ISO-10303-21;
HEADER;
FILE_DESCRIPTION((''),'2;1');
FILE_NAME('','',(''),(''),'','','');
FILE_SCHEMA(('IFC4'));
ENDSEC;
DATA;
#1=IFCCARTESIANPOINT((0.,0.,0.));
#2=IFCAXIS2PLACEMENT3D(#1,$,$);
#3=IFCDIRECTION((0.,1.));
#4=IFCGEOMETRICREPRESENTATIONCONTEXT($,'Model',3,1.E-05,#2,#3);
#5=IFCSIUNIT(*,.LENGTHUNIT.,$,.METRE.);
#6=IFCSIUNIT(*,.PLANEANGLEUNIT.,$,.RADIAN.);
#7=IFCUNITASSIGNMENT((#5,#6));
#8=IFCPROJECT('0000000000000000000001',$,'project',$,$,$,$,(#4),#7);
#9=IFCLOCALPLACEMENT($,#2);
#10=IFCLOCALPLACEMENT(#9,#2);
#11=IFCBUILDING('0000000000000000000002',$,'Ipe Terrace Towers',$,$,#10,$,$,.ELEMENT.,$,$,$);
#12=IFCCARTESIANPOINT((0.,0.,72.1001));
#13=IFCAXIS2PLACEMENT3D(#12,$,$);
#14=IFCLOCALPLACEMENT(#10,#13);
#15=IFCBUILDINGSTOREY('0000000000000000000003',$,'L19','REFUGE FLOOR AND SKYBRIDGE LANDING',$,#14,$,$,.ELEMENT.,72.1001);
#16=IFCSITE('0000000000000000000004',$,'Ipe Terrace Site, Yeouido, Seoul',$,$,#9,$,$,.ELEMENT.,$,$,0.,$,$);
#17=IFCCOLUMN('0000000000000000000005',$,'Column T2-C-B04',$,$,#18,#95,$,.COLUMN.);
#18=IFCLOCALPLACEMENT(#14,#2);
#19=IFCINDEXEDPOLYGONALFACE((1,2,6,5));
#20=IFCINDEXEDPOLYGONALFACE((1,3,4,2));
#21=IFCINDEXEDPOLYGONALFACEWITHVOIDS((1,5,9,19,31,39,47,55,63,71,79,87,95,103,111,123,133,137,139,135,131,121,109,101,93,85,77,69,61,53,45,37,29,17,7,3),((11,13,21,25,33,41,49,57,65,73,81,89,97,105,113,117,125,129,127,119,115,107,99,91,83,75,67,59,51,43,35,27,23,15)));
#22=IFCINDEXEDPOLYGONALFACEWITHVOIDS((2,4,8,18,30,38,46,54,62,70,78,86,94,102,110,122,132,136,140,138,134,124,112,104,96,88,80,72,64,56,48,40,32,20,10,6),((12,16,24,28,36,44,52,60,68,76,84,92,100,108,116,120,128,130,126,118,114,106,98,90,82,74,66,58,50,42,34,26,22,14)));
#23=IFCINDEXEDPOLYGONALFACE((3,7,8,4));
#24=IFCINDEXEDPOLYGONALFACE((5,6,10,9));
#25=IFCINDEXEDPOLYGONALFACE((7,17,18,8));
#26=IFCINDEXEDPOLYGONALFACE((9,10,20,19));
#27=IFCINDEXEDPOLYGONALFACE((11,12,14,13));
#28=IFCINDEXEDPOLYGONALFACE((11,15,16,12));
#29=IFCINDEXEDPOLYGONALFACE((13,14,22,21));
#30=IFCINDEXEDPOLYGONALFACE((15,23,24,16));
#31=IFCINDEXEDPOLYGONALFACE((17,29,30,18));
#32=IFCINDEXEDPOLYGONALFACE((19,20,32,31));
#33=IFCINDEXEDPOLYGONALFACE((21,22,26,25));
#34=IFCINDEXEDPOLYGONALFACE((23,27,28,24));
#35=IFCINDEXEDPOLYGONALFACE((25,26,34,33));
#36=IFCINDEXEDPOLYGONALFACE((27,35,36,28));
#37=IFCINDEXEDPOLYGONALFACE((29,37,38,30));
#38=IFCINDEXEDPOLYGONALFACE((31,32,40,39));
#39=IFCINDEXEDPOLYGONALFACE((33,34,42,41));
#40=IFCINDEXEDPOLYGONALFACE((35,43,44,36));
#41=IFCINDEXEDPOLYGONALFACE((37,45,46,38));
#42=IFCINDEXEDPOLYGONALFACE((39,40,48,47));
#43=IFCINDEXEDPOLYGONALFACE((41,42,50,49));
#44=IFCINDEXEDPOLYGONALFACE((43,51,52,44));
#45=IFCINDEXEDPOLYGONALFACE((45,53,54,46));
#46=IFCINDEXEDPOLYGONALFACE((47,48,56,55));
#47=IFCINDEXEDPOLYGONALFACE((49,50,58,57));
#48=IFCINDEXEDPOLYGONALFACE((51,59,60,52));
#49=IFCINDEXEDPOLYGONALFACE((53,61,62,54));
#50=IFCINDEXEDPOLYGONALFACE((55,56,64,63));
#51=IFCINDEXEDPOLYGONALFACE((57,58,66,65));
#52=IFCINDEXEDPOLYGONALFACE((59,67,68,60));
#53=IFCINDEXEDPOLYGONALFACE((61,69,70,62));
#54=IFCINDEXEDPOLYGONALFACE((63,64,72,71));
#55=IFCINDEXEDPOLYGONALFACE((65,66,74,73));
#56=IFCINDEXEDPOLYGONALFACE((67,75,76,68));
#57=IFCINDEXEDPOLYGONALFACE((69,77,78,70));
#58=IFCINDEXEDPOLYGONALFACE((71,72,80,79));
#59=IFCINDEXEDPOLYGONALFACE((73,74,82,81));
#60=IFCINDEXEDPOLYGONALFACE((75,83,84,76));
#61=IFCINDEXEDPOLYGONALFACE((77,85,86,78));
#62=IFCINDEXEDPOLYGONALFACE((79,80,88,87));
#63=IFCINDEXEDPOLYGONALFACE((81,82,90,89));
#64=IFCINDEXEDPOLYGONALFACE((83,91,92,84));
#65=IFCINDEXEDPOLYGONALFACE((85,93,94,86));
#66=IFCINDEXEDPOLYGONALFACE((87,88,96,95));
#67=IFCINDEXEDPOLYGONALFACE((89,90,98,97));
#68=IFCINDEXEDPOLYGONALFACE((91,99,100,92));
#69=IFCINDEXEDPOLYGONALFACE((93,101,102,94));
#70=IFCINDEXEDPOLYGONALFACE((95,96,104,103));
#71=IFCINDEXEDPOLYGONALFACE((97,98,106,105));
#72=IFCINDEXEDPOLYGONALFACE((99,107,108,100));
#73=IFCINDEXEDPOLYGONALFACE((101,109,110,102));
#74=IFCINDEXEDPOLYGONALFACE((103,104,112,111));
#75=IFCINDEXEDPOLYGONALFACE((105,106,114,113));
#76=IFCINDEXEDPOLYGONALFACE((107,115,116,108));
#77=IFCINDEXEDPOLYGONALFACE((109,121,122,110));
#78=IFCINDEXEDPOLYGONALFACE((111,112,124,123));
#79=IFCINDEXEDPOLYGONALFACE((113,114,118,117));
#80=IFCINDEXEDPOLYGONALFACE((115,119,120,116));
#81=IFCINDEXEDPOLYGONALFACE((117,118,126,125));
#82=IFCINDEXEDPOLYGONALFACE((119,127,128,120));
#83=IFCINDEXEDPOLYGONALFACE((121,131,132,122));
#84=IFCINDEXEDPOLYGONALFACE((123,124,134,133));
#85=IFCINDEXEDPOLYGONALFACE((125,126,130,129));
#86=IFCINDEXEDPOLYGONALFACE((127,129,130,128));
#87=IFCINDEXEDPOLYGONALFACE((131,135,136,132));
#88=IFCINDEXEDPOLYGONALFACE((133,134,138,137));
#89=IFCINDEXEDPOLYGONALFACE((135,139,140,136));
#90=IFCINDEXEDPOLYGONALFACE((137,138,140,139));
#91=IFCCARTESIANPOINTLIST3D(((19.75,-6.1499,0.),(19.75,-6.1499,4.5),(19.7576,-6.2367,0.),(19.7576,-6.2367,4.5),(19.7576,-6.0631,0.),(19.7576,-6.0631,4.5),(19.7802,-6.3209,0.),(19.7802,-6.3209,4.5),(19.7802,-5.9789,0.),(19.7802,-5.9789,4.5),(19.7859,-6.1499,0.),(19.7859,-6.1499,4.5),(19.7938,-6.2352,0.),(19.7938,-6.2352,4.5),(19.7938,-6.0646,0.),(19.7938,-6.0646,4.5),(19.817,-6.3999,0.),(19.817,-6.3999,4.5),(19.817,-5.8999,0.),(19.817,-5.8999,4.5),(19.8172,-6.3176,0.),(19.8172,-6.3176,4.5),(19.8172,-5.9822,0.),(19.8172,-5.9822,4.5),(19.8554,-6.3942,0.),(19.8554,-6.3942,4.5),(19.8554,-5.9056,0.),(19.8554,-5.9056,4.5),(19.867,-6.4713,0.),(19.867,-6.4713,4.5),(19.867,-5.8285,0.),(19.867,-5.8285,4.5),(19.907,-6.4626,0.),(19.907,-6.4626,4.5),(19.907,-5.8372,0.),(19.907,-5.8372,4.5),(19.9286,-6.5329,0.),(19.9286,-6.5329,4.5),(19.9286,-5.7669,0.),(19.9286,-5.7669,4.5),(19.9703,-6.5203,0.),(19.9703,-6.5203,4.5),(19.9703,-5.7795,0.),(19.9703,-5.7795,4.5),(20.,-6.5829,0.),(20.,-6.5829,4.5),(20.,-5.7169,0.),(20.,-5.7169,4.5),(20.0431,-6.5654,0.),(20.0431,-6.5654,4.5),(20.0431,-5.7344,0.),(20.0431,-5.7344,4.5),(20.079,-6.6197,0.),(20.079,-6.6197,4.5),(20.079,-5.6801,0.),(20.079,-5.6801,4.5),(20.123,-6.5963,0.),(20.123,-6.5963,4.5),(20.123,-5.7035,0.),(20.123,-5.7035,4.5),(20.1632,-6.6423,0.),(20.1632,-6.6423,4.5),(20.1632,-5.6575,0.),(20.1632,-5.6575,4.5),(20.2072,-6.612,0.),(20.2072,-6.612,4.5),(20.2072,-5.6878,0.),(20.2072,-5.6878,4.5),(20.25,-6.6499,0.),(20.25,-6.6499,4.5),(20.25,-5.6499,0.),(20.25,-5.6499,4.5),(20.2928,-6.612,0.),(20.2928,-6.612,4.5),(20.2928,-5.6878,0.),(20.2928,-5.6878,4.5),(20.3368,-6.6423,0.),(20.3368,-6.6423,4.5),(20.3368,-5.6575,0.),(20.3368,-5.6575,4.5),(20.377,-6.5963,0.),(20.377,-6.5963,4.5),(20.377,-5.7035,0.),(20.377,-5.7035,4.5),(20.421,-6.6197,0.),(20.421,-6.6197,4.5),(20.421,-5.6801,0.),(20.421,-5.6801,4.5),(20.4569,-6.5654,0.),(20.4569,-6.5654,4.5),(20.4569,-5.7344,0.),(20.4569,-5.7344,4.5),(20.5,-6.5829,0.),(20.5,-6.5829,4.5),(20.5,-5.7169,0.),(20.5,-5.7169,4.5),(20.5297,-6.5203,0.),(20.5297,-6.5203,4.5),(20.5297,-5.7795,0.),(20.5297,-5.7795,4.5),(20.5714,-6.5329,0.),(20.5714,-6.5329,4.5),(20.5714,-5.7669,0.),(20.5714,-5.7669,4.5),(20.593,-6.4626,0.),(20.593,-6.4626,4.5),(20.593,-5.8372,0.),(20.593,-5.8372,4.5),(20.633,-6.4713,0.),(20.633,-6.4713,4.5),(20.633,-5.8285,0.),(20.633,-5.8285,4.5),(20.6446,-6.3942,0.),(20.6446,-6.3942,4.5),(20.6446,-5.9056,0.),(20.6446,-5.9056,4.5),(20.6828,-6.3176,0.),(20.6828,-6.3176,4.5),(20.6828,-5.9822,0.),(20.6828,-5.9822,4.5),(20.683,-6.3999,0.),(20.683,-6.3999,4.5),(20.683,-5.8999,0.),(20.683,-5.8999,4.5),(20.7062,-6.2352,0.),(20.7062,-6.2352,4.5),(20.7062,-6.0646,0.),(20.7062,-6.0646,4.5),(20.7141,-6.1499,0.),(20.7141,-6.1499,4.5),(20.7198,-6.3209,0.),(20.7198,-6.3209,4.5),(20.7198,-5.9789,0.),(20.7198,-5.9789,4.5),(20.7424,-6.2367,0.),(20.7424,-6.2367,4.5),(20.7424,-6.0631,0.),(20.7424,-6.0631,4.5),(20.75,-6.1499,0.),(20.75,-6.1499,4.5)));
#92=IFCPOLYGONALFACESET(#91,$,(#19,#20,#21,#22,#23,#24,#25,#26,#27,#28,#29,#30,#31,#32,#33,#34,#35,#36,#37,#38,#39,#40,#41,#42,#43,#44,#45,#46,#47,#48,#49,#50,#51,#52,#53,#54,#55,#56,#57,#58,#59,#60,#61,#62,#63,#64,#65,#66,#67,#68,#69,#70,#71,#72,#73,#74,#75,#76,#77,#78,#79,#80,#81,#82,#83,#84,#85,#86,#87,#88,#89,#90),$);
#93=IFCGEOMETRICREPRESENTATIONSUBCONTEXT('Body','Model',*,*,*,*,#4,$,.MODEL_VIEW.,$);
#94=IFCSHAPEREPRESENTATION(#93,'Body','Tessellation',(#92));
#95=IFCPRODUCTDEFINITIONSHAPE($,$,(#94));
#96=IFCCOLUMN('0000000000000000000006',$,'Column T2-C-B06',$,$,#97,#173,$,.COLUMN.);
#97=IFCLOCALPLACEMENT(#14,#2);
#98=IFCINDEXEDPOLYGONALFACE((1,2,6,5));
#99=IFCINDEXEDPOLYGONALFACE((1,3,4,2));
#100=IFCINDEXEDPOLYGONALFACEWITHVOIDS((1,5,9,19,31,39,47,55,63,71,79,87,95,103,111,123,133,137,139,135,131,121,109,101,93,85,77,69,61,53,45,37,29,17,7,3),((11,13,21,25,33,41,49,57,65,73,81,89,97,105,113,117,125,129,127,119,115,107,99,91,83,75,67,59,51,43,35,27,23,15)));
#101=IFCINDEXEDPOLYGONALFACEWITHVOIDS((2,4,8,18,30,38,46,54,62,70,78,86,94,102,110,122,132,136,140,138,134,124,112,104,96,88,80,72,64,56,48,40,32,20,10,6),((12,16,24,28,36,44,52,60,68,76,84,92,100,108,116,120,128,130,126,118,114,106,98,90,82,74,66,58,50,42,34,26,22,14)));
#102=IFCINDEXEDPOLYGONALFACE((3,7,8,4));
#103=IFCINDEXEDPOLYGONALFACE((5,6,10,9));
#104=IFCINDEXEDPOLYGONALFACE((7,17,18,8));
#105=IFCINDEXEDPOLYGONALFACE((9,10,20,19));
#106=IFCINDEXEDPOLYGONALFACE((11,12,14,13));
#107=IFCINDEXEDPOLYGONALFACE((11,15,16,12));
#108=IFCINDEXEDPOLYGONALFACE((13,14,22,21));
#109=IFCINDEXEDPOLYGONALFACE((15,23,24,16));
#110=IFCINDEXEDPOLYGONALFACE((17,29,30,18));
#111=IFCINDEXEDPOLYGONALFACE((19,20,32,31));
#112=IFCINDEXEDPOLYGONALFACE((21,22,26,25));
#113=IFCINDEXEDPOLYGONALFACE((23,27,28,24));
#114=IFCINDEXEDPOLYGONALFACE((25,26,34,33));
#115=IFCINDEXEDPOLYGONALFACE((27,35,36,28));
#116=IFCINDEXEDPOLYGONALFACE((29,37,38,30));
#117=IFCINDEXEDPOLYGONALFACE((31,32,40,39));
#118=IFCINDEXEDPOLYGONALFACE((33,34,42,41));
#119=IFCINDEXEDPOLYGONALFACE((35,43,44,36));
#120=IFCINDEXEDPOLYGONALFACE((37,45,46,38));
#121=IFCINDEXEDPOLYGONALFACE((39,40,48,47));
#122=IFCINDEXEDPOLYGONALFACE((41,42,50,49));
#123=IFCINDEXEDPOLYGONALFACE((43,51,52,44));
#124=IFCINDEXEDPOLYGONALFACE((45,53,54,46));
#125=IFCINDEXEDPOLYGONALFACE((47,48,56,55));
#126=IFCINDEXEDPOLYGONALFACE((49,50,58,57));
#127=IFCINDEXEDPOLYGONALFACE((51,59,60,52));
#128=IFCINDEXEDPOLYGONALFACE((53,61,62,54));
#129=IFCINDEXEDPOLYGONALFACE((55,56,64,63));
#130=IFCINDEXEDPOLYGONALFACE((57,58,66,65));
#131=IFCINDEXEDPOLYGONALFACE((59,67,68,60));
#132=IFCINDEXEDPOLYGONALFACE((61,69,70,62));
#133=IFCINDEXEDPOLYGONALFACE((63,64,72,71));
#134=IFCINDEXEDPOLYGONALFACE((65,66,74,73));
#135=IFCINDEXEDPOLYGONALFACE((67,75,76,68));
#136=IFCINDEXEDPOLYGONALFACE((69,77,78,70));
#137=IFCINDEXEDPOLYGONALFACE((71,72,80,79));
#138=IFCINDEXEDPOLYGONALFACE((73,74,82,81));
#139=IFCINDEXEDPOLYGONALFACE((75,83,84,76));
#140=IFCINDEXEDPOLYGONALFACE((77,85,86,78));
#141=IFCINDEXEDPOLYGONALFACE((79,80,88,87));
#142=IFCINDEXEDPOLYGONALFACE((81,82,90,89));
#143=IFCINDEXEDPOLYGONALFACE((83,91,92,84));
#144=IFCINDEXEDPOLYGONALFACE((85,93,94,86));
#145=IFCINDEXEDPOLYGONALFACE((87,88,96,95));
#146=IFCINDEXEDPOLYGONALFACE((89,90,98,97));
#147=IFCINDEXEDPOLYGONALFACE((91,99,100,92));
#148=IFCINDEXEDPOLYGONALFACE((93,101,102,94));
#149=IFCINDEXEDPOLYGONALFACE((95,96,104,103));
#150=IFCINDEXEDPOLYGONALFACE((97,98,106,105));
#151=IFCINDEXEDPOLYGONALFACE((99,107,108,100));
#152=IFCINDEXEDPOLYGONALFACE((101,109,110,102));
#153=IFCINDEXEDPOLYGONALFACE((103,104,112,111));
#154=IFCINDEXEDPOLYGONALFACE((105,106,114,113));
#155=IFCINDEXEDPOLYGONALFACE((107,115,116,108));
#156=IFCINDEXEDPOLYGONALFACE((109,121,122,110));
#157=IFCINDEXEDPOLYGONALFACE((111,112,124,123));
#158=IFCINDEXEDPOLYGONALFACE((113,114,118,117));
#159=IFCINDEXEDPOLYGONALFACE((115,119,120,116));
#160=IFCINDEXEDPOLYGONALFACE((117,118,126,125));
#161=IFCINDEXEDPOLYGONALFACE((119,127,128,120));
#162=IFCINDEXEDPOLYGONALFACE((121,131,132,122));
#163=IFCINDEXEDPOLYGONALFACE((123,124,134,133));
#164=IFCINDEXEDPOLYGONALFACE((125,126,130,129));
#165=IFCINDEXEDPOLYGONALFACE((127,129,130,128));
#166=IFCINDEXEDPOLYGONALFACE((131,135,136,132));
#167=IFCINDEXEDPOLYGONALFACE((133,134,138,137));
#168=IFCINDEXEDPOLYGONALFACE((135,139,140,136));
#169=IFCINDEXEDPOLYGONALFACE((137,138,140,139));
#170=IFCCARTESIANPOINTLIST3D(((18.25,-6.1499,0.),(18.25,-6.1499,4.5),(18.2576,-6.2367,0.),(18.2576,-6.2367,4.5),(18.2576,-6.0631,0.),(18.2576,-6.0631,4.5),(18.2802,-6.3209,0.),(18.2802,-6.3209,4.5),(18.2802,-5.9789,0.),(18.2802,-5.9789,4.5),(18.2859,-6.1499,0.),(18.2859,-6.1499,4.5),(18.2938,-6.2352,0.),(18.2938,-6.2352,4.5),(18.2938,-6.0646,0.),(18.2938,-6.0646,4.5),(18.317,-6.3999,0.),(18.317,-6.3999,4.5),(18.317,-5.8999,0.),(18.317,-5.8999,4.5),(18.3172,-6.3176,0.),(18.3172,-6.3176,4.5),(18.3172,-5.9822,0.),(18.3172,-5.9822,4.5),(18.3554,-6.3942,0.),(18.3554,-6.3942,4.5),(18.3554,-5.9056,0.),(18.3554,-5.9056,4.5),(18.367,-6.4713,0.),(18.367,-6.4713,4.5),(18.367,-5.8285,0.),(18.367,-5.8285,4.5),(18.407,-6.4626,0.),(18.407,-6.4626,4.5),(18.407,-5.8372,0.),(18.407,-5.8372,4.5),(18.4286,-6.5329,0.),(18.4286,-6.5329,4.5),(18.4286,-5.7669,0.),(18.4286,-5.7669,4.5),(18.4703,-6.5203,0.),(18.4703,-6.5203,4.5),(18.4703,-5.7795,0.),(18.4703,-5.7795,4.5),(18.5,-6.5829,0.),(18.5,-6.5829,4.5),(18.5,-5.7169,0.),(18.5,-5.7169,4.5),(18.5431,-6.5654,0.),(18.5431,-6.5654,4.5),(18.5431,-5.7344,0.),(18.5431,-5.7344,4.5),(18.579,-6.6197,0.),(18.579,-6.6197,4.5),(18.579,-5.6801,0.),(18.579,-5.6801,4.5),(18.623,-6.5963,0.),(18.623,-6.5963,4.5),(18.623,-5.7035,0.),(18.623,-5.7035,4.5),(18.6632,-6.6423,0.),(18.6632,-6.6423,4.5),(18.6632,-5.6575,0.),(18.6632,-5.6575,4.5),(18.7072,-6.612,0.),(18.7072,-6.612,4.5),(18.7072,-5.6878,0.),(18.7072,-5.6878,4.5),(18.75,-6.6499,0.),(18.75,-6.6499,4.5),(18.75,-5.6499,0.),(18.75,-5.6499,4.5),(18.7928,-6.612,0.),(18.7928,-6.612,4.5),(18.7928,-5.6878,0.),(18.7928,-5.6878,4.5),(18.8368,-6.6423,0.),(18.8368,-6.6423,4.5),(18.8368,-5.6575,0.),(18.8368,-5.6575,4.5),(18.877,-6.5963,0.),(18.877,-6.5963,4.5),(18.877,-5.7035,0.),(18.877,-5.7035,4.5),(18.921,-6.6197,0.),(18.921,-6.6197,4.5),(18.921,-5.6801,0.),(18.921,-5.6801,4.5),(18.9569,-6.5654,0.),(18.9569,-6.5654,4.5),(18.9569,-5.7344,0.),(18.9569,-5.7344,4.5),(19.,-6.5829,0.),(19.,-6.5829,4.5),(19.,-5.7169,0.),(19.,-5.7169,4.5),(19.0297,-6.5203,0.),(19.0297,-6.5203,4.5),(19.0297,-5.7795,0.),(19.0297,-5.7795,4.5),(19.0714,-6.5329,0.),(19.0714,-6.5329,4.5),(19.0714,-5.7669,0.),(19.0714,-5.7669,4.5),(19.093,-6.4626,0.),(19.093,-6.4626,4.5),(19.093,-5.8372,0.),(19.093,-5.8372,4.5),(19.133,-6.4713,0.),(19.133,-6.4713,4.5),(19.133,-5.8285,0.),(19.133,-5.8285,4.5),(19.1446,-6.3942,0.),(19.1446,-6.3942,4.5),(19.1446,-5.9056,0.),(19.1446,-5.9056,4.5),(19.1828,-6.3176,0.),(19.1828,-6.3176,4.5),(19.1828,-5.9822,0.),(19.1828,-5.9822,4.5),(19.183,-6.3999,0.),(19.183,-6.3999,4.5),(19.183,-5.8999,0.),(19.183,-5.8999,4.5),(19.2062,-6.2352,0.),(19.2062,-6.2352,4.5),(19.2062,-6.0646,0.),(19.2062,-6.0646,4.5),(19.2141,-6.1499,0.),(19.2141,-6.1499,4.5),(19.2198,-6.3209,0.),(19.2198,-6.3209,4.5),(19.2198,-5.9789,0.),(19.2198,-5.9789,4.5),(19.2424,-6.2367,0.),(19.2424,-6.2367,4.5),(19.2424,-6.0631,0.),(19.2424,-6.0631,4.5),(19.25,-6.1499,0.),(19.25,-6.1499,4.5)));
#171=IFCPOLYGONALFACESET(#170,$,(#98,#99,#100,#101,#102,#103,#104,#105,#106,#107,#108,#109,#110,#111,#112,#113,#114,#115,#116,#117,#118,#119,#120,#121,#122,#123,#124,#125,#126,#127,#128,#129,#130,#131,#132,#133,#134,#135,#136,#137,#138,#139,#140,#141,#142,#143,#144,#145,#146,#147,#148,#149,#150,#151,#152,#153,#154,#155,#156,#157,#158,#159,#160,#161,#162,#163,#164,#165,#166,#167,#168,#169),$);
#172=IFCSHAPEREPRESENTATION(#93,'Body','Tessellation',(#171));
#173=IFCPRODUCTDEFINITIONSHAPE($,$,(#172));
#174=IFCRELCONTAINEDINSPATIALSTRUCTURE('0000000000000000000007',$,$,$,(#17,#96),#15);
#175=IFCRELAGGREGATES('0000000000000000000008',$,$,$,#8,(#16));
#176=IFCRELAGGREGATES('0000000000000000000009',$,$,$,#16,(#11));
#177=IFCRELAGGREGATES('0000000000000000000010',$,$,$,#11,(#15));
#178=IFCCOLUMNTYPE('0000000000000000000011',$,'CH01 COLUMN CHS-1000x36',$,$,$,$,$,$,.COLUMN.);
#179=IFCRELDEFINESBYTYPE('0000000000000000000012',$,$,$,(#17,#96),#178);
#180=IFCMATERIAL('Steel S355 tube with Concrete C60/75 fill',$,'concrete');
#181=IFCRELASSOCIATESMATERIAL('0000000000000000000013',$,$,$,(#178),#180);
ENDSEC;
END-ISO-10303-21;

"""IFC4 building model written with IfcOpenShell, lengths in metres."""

from ifc_helpers import new_model, si_unit, direction, frame, origin, origin_2d, place, context, subcontext, project, spatial, hollow_circle, extrude, material, material_profile, profile_set, type_object, element, save


model = new_model("IFC4")

# Units and contexts
model_context = context("Model", 3, precision=1e-05, world=origin(), true_north=direction((0.0, 1.0)))
body_context = subcontext(model_context, "Body", "Model", "MODEL_VIEW")
ifc_project = project(units=[si_unit("LENGTHUNIT", "METRE"), si_unit("PLANEANGLEUNIT", "RADIAN")], contexts=[model_context])

# Site, building, storey
site_placement = place(None, origin())
site = spatial("IfcSite", under=ifc_project, at=site_placement, Name="Ipe Terrace Site, Yeouido, Seoul", CompositionType="ELEMENT", RefElevation=0.0)
building_placement = place(site_placement, origin())
building = spatial("IfcBuilding", under=site, at=building_placement, Name="Ipe Terrace Towers", CompositionType="ELEMENT")
storey_placement = place(building_placement, frame((0.0, 0.0, 72.1001)))
storey = spatial("IfcBuildingStorey", under=building, at=storey_placement, Name="L19", Description="REFUGE FLOOR AND SKYBRIDGE LANDING", CompositionType="ELEMENT", Elevation=72.1001)

# Columns
ifc_material_1 = material(Name="Steel S355 tube with Concrete C60/75 fill", Category="concrete")
ifc_material_profile_1 = material_profile(ifc_material_1, hollow_circle(Radius=0.5, WallThickness=0.0359, at=origin_2d()), Name="CHS-1000x36")
ifc_profile_set_1 = profile_set([ifc_material_profile_1], Name="Steel S355 tube with Concrete C60/75 fill")
column_type_1 = type_object("IfcColumnType", Name="CH01 COLUMN CHS-1000x36", PredefinedType="COLUMN", material=ifc_profile_set_1)
for number, where, z_axis, x_axis, name in (
    (1, (20.25, -6.1499, 0.0), (0.0, 0.0, 1.0), (1.0, 0.0, 0.0), "Column T2-C-B04"),
    (2, (18.75, -6.1499, 0.0), (0.0, 0.0, 1.0), (1.0, 0.0, 0.0), "Column T2-C-B06"),
):
    element("IfcColumn", number, at=place(storey_placement, frame(where, z_axis=z_axis, x_axis=x_axis)), inside=storey, type_object=column_type_1, Name=name, PredefinedType="COLUMN", context=body_context, shape_type="SweptSolid", body=[
        extrude(hollow_circle(Radius=0.5, WallThickness=0.0359, at=origin_2d()), origin(), (0.0, 0.0, 1.0), 4.5),
    ])

save(model, "model.ifc")
